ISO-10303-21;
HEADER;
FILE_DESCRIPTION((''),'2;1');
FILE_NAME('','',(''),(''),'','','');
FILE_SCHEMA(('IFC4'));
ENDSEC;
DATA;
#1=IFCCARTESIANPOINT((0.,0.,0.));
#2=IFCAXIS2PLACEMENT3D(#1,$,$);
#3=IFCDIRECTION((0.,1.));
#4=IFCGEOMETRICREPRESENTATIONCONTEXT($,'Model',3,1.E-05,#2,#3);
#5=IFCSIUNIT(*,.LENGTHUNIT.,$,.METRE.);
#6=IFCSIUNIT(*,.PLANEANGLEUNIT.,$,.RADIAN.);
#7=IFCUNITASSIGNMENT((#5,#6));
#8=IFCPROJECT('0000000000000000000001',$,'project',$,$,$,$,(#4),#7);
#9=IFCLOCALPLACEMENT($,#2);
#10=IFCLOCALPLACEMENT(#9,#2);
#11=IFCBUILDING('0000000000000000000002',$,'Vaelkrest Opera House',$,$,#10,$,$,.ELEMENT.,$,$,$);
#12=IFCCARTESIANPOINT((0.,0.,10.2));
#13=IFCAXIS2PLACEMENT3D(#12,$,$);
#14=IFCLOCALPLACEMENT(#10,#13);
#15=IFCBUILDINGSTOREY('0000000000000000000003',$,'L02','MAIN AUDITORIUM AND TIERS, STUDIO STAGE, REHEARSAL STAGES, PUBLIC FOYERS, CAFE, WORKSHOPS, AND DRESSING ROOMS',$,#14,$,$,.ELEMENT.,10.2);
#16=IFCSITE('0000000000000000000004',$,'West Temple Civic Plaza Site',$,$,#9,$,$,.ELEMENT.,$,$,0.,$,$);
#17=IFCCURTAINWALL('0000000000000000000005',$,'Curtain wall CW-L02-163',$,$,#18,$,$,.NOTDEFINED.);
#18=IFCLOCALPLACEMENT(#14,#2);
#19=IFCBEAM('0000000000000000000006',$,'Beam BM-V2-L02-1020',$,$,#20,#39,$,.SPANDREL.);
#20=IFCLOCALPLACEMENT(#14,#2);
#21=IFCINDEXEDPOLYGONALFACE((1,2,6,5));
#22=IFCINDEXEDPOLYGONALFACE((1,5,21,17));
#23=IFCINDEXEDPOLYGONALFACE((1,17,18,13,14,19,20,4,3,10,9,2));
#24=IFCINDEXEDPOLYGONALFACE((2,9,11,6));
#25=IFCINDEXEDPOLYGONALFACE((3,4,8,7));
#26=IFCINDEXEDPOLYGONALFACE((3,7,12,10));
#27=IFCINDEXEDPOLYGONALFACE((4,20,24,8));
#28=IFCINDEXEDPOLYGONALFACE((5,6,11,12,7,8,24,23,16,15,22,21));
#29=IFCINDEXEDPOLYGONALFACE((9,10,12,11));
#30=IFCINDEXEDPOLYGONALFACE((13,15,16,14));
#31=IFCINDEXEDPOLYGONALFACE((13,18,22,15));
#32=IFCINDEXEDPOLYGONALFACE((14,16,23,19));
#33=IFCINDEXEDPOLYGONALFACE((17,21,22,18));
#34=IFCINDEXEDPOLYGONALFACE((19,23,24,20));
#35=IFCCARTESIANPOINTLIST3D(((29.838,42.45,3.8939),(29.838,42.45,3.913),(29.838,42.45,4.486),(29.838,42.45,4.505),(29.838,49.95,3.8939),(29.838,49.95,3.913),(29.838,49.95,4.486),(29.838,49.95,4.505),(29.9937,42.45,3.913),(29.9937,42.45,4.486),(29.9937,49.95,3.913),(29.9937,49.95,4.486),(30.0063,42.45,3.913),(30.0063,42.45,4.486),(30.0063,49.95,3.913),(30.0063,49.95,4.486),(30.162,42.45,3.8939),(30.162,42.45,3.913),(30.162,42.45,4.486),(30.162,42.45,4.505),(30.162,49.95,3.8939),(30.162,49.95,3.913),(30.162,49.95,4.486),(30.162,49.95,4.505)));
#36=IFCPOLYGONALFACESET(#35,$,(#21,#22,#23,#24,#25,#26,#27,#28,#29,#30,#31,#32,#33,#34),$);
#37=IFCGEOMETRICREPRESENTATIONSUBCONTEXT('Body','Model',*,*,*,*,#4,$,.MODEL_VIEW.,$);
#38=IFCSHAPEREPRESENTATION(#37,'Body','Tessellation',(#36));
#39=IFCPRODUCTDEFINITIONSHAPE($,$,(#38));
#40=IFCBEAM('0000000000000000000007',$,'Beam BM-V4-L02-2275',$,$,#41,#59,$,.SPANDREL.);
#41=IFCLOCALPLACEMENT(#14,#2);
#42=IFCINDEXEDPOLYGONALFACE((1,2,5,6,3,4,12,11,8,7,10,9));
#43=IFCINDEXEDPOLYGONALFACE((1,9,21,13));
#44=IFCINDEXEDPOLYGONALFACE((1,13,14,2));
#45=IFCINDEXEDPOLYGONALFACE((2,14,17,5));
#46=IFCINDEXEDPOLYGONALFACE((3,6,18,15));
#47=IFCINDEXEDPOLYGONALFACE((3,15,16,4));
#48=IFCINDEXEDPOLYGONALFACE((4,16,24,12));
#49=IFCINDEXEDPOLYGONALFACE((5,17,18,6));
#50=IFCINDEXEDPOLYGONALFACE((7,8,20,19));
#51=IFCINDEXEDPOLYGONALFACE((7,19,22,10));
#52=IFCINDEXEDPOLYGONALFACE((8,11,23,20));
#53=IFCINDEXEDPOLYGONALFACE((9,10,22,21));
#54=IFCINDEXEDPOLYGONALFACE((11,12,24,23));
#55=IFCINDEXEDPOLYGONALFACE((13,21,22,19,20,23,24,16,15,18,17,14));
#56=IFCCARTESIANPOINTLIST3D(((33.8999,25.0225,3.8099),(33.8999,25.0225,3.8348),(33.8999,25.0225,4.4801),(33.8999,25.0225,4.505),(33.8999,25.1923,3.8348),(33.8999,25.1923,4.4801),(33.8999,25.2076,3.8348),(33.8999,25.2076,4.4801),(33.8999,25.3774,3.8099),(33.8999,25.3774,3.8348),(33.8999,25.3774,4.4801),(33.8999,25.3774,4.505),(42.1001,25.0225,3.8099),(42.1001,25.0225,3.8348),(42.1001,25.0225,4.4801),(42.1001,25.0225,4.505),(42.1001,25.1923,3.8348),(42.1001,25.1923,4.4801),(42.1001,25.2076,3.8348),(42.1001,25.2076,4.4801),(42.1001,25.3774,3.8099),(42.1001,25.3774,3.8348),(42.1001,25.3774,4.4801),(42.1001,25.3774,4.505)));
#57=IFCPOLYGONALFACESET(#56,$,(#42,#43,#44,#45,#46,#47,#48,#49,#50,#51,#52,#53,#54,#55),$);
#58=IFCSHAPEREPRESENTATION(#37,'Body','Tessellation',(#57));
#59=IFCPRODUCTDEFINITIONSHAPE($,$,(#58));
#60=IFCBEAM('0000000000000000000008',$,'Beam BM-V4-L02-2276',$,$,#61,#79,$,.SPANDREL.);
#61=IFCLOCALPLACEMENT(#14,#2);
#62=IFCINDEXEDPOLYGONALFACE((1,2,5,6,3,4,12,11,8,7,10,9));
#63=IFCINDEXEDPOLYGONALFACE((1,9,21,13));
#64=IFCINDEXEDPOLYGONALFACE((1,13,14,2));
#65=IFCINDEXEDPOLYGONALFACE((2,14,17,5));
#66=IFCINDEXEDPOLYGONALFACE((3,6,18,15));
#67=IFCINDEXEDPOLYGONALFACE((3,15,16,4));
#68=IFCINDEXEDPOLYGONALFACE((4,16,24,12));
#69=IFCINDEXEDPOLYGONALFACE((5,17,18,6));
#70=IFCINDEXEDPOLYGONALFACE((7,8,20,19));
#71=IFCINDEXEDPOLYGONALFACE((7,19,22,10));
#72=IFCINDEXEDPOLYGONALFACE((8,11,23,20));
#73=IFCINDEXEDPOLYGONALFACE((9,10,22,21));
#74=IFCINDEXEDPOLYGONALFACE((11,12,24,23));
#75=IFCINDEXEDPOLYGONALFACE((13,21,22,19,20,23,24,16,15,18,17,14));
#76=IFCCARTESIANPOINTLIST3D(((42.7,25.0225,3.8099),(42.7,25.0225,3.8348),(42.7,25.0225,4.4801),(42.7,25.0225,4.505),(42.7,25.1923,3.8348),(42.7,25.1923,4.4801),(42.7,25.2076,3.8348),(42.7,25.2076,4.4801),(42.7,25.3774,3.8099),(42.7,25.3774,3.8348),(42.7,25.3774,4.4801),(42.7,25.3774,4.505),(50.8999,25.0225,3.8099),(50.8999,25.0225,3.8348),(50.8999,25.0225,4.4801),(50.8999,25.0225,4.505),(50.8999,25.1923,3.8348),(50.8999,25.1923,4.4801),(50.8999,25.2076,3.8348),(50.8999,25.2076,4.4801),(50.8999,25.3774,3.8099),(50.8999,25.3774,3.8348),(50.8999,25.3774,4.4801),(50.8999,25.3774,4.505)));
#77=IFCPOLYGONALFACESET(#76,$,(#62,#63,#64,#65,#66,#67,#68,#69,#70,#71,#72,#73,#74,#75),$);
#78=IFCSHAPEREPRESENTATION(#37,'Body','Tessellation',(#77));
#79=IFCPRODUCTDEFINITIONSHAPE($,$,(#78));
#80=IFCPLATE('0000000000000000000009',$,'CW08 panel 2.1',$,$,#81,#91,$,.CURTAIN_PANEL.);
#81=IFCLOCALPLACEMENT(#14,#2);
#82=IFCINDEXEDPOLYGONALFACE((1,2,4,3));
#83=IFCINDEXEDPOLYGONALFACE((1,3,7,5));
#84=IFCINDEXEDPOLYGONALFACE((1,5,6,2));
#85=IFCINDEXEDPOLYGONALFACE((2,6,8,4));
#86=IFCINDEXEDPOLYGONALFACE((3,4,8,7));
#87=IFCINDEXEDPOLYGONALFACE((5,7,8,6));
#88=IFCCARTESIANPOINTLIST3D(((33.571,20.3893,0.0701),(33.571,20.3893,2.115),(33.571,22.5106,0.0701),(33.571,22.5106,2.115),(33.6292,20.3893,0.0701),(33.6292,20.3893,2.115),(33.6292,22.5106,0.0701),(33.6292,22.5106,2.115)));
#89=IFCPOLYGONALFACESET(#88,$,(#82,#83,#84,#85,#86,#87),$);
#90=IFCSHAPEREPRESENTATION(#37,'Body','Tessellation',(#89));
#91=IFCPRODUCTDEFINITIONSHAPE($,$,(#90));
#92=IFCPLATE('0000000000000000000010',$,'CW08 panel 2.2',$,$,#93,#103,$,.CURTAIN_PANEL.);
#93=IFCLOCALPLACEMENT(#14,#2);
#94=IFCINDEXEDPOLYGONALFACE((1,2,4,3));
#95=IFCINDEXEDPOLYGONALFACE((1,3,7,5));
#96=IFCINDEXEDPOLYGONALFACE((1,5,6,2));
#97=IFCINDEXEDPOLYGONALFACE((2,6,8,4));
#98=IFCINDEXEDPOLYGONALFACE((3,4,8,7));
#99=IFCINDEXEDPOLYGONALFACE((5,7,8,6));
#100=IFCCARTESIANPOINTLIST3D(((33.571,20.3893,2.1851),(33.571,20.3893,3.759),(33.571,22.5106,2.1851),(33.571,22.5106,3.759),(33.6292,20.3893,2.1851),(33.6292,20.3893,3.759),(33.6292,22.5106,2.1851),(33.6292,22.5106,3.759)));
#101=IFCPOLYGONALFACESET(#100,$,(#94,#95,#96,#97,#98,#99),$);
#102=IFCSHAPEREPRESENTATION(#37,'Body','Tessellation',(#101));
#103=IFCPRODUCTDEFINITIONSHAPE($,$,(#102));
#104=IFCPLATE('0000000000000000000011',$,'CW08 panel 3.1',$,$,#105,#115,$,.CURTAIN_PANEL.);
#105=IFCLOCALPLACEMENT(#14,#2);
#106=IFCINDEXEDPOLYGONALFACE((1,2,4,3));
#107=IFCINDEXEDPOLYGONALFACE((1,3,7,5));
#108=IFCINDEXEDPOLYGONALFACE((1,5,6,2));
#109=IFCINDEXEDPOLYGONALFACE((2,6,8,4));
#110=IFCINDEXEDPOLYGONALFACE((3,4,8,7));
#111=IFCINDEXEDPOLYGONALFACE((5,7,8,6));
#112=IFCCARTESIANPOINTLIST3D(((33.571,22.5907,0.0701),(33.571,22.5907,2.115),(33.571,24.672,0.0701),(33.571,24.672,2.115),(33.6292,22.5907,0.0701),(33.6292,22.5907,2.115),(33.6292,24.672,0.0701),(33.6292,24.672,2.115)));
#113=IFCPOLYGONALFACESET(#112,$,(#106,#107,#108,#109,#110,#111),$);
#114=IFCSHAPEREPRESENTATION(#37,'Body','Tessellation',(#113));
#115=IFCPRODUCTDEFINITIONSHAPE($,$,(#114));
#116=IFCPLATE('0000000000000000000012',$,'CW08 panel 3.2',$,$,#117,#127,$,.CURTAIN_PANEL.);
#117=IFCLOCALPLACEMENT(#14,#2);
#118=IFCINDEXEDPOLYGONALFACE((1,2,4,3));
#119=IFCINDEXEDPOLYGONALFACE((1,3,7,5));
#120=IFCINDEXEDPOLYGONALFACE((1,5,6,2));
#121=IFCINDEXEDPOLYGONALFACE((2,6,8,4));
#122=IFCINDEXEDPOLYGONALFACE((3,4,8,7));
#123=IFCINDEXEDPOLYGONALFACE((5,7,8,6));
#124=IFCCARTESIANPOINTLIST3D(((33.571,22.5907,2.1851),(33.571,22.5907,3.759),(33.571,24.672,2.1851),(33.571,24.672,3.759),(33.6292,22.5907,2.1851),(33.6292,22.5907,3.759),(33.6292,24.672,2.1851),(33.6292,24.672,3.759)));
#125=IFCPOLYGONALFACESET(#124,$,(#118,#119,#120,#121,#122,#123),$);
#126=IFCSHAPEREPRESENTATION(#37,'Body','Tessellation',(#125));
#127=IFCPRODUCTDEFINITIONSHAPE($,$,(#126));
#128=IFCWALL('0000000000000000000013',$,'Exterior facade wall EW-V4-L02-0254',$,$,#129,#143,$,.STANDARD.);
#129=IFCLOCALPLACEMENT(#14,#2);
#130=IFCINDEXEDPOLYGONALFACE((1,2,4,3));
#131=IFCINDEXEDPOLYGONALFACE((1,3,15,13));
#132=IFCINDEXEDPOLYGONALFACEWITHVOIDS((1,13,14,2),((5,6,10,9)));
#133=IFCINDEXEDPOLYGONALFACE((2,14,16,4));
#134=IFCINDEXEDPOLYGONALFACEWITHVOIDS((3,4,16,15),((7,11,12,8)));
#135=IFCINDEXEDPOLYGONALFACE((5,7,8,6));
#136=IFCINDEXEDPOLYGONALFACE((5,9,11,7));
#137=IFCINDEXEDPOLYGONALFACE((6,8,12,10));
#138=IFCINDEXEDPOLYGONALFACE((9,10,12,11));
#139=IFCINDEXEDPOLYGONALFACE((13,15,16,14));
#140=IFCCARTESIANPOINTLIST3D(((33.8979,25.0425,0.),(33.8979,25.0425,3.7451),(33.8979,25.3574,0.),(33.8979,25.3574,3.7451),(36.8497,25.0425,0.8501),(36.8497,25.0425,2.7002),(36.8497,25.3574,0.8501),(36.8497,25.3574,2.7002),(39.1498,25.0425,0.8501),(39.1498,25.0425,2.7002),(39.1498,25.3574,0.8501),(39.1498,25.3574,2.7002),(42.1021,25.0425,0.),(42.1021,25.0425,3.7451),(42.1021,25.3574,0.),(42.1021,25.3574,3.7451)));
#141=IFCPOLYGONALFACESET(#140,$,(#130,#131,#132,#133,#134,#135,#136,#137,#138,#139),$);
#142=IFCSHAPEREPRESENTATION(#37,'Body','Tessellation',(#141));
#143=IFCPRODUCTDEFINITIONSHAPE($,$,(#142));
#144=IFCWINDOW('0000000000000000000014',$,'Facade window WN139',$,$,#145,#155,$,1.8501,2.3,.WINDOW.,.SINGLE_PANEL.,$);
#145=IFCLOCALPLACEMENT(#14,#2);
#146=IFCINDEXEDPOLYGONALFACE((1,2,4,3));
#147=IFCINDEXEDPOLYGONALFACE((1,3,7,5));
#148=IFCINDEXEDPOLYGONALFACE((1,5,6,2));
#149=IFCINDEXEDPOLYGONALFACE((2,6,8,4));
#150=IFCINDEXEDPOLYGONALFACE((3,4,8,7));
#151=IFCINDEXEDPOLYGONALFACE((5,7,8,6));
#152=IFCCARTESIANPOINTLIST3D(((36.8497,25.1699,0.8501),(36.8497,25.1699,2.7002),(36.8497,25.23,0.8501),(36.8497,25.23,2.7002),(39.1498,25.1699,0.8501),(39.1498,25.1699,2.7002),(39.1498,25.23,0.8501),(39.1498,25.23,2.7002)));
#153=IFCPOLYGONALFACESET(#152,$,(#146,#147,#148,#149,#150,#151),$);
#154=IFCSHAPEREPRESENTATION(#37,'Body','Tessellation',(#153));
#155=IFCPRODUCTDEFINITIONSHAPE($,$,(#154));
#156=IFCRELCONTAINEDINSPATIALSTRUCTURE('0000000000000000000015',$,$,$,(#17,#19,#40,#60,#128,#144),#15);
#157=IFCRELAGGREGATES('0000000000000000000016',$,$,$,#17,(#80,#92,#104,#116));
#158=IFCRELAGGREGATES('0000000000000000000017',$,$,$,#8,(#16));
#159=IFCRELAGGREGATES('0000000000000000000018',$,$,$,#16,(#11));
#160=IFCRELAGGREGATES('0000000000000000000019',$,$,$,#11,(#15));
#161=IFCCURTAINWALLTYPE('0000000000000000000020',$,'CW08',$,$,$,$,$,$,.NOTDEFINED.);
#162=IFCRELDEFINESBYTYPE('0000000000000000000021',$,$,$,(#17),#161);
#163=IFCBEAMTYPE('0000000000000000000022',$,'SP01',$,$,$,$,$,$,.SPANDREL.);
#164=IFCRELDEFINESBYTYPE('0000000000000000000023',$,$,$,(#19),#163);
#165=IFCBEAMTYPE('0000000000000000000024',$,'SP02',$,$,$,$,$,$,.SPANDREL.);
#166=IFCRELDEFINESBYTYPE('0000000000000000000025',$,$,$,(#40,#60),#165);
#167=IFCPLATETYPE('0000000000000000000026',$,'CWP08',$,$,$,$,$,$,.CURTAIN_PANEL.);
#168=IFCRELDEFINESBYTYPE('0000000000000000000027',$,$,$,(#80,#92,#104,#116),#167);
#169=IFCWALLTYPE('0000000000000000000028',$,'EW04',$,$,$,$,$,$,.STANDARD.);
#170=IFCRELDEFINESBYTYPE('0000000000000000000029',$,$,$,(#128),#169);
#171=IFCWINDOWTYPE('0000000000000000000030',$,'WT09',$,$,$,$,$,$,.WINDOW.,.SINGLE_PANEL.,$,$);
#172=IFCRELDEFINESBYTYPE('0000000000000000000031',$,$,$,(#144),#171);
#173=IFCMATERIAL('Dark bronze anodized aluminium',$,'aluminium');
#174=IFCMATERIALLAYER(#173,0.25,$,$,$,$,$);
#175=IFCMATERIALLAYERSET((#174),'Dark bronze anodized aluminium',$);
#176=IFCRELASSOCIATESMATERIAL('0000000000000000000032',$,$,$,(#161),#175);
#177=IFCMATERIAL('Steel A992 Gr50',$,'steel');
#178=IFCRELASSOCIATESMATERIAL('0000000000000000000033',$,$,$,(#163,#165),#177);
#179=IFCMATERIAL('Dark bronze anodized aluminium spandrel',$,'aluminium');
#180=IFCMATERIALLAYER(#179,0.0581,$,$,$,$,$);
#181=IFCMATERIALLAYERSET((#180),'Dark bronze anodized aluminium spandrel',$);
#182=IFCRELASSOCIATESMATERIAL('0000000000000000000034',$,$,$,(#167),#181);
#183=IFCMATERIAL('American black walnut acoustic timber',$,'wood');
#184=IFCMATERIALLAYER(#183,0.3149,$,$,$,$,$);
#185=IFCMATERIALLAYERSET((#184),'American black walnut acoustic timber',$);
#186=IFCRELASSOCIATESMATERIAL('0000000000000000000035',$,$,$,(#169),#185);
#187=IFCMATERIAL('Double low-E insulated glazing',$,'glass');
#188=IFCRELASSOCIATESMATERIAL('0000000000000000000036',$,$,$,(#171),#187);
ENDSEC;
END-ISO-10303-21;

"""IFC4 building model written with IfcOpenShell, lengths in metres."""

from ifc_helpers import new_model, si_unit, direction, frame, frame_2d, origin, origin_2d, place, context, subcontext, project, spatial, rectangle, i_section, extrude, material, layer, layer_set, material_profile, profile_set, type_object, element, fill, aggregate, save


model = new_model("IFC4")

# Units and contexts
model_context = context("Model", 3, precision=1e-05, world=origin(), true_north=direction((0.0, 1.0)))
body_context = subcontext(model_context, "Body", "Model", "MODEL_VIEW")
ifc_project = project(units=[si_unit("LENGTHUNIT", "METRE"), si_unit("PLANEANGLEUNIT", "RADIAN")], contexts=[model_context])

# Site, building, storey
site_placement = place(None, origin())
site = spatial("IfcSite", under=ifc_project, at=site_placement, Name="West Temple Civic Plaza Site", CompositionType="ELEMENT", RefElevation=0.0)
building_placement = place(site_placement, origin())
building = spatial("IfcBuilding", under=site, at=building_placement, Name="Vaelkrest Opera House", CompositionType="ELEMENT")
storey_placement = place(building_placement, frame((0.0, 0.0, 10.2)))
storey = spatial("IfcBuildingStorey", under=building, at=storey_placement, Name="L02", Description="MAIN AUDITORIUM AND TIERS, STUDIO STAGE, REHEARSAL STAGES, PUBLIC FOYERS, CAFE, WORKSHOPS, AND DRESSING ROOMS", CompositionType="ELEMENT", Elevation=10.2)

# Curtain wall
ifc_material_1 = material(Name="Dark bronze anodized aluminium", Category="aluminium")
ifc_layer_1 = layer(ifc_material_1, 0.25)
ifc_layer_set_1 = layer_set([ifc_layer_1], Name="Dark bronze anodized aluminium")
curtain_wall_type = type_object("IfcCurtainWallType", Name="CW08", PredefinedType="NOTDEFINED", material=ifc_layer_set_1)
curtain_wall_placement = place(storey_placement, origin())
curtain_wall = element("IfcCurtainWall", 1, at=curtain_wall_placement, inside=storey, type_object=curtain_wall_type, Name="Curtain wall CW-L02-163", PredefinedType="NOTDEFINED")

# Beams
ifc_material_2 = material(Name="Steel A992 Gr50", Category="steel")
ifc_material_profile_1 = material_profile(ifc_material_2, i_section(OverallWidth=0.324, OverallDepth=0.6111, WebThickness=0.0127, FlangeThickness=0.019, at=origin_2d()), Name="W24X104")
ifc_profile_set_1 = profile_set([ifc_material_profile_1], Name="Steel A992 Gr50")
beam_type_1 = type_object("IfcBeamType", Name="SP01", PredefinedType="SPANDREL", material=ifc_profile_set_1)
beam_1_placement = place(storey_placement, frame((30.0, 42.45, 4.1995), z_axis=(0.0, 1.0, 0.0), x_axis=(-1.0, 0.0, 0.0)))
element("IfcBeam", 2, at=beam_1_placement, inside=storey, type_object=beam_type_1, Name="Beam BM-V2-L02-1020", PredefinedType="SPANDREL", context=body_context, shape_type="SweptSolid", body=[
    extrude(i_section(OverallWidth=0.324, OverallDepth=0.6111, WebThickness=0.0127, FlangeThickness=0.019, at=origin_2d()), origin(), (0.0, 0.0, 1.0), 7.5),
])
ifc_material_profile_2 = material_profile(ifc_material_2, i_section(OverallWidth=0.355, OverallDepth=0.6951, WebThickness=0.0154, FlangeThickness=0.0249, at=origin_2d()), Name="W27X146")
ifc_profile_set_2 = profile_set([ifc_material_profile_2], Name="Steel A992 Gr50")
beam_type_2 = type_object("IfcBeamType", Name="SP02", PredefinedType="SPANDREL", material=ifc_profile_set_2)
beam_2_placement = place(storey_placement, frame((33.8999, 25.2, 4.1575), z_axis=(1.0, 0.0, 0.0), x_axis=(0.0, 1.0, 0.0)))
element("IfcBeam", 3, at=beam_2_placement, inside=storey, type_object=beam_type_2, Name="Beam BM-V4-L02-2275", PredefinedType="SPANDREL", context=body_context, shape_type="SweptSolid", body=[
    extrude(i_section(OverallWidth=0.355, OverallDepth=0.6951, WebThickness=0.0154, FlangeThickness=0.0249, at=origin_2d()), origin(), (0.0, 0.0, 1.0), 8.2002),
])
beam_3_placement = place(storey_placement, frame((42.7, 25.2, 4.1575), z_axis=(1.0, 0.0, 0.0), x_axis=(0.0, 1.0, 0.0)))
element("IfcBeam", 4, at=beam_3_placement, inside=storey, type_object=beam_type_2, Name="Beam BM-V4-L02-2276", PredefinedType="SPANDREL", context=body_context, shape_type="SweptSolid", body=[
    extrude(i_section(OverallWidth=0.355, OverallDepth=0.6951, WebThickness=0.0154, FlangeThickness=0.0249, at=origin_2d()), origin(), (0.0, 0.0, 1.0), 8.2),
])

# Plates
ifc_material_3 = material(Name="Dark bronze anodized aluminium spandrel", Category="aluminium")
ifc_layer_2 = layer(ifc_material_3, 0.0581)
ifc_layer_set_2 = layer_set([ifc_layer_2], Name="Dark bronze anodized aluminium spandrel")
plate_type = type_object("IfcPlateType", Name="CWP08", PredefinedType="CURTAIN_PANEL", material=ifc_layer_set_2)
plate_1_placement = place(storey_placement, frame((33.6001, 21.45, 0.0701), z_axis=(0.0, 0.0, 1.0), x_axis=(0.0, 1.0, 0.0)))
plate_1 = element("IfcPlate", 5, at=plate_1_placement, type_object=plate_type, Name="CW08 panel 2.1", PredefinedType="CURTAIN_PANEL", context=body_context, shape_type="SweptSolid", body=[
    extrude(rectangle(XDim=2.1213, YDim=0.0581, at=origin_2d()), origin(), (0.0, 0.0, 1.0), 2.0449),
])
plate_2_placement = place(storey_placement, frame((33.6001, 21.45, 2.1851), z_axis=(0.0, 0.0, 1.0), x_axis=(0.0, 1.0, 0.0)))
plate_2 = element("IfcPlate", 6, at=plate_2_placement, type_object=plate_type, Name="CW08 panel 2.2", PredefinedType="CURTAIN_PANEL", context=body_context, shape_type="SweptSolid", body=[
    extrude(rectangle(XDim=2.1213, YDim=0.0581, at=origin_2d()), origin(), (0.0, 0.0, 1.0), 1.574),
])
plate_3_placement = place(storey_placement, frame((33.6001, 23.6313, 0.0701), z_axis=(0.0, 0.0, 1.0), x_axis=(0.0, 1.0, 0.0)))
plate_3 = element("IfcPlate", 7, at=plate_3_placement, type_object=plate_type, Name="CW08 panel 3.1", PredefinedType="CURTAIN_PANEL", context=body_context, shape_type="SweptSolid", body=[
    extrude(rectangle(XDim=2.0813, YDim=0.0581, at=origin_2d()), origin(), (0.0, 0.0, 1.0), 2.0449),
])
plate_4_placement = place(storey_placement, frame((33.6001, 23.6313, 2.1851), z_axis=(0.0, 0.0, 1.0), x_axis=(0.0, 1.0, 0.0)))
plate_4 = element("IfcPlate", 8, at=plate_4_placement, type_object=plate_type, Name="CW08 panel 3.2", PredefinedType="CURTAIN_PANEL", context=body_context, shape_type="SweptSolid", body=[
    extrude(rectangle(XDim=2.0813, YDim=0.0581, at=origin_2d()), origin(), (0.0, 0.0, 1.0), 1.574),
])
aggregate(curtain_wall, [plate_1, plate_2, plate_3, plate_4])

# Wall, opening, window
ifc_material_4 = material(Name="American black walnut acoustic timber", Category="wood")
ifc_layer_3 = layer(ifc_material_4, 0.3149)
ifc_layer_set_3 = layer_set([ifc_layer_3], Name="American black walnut acoustic timber")
wall_type_1 = type_object("IfcWallType", Name="EW04", PredefinedType="STANDARD", material=ifc_layer_set_3)
wall_1_placement = place(storey_placement, frame((33.8979, 25.2, 0.0), z_axis=(0.0, 0.0, 1.0), x_axis=(1.0, 0.0, 0.0)))
wall_1 = element("IfcWall", 9, at=wall_1_placement, inside=storey, type_object=wall_type_1, Name="Exterior facade wall EW-V4-L02-0254", PredefinedType="STANDARD", context=body_context, shape_type="SweptSolid", body=[
    extrude(rectangle(XDim=8.2041, YDim=0.3149, at=frame_2d((4.1021, 0.0))), origin(), (0.0, 0.0, 1.0), 3.7451),
])
opening_1_placement = place(wall_1_placement, frame((2.9519, 0.0, 0.8501)))
opening_1 = element("IfcOpeningElement", 10, at=opening_1_placement, cuts=wall_1, PredefinedType="OPENING", context=body_context, shape_type="SweptSolid", body=[
    extrude(rectangle(XDim=2.3, YDim=1.8501, at=frame_2d((1.1499, 0.925))), frame((0.0, 0.1675, 0.0), z_axis=(0.0, -1.0, 0.0), x_axis=(1.0, 0.0, 0.0)), (0.0, 0.0, 1.0), 0.335),
])
ifc_material_5 = material(Name="Double low-E insulated glazing", Category="glass")
window_type_1 = type_object("IfcWindowType", Name="WT09", PartitioningType="SINGLE_PANEL", PredefinedType="WINDOW", material=ifc_material_5)
window_1_placement = place(opening_1_placement, origin())
window_1 = element("IfcWindow", 11, at=window_1_placement, inside=storey, type_object=window_type_1, Name="Facade window WN139", OverallHeight=1.8501, OverallWidth=2.3, PartitioningType="SINGLE_PANEL", PredefinedType="WINDOW", context=body_context, shape_type="SweptSolid", body=[
    extrude(rectangle(XDim=2.3, YDim=1.8501, at=frame_2d((1.1499, 0.925))), frame((0.0, 0.03, 0.0), z_axis=(0.0, -1.0, 0.0), x_axis=(1.0, 0.0, 0.0)), (0.0, 0.0, 1.0), 0.0601),
])
fill(opening_1, window_1)

save(model, "model.ifc")
